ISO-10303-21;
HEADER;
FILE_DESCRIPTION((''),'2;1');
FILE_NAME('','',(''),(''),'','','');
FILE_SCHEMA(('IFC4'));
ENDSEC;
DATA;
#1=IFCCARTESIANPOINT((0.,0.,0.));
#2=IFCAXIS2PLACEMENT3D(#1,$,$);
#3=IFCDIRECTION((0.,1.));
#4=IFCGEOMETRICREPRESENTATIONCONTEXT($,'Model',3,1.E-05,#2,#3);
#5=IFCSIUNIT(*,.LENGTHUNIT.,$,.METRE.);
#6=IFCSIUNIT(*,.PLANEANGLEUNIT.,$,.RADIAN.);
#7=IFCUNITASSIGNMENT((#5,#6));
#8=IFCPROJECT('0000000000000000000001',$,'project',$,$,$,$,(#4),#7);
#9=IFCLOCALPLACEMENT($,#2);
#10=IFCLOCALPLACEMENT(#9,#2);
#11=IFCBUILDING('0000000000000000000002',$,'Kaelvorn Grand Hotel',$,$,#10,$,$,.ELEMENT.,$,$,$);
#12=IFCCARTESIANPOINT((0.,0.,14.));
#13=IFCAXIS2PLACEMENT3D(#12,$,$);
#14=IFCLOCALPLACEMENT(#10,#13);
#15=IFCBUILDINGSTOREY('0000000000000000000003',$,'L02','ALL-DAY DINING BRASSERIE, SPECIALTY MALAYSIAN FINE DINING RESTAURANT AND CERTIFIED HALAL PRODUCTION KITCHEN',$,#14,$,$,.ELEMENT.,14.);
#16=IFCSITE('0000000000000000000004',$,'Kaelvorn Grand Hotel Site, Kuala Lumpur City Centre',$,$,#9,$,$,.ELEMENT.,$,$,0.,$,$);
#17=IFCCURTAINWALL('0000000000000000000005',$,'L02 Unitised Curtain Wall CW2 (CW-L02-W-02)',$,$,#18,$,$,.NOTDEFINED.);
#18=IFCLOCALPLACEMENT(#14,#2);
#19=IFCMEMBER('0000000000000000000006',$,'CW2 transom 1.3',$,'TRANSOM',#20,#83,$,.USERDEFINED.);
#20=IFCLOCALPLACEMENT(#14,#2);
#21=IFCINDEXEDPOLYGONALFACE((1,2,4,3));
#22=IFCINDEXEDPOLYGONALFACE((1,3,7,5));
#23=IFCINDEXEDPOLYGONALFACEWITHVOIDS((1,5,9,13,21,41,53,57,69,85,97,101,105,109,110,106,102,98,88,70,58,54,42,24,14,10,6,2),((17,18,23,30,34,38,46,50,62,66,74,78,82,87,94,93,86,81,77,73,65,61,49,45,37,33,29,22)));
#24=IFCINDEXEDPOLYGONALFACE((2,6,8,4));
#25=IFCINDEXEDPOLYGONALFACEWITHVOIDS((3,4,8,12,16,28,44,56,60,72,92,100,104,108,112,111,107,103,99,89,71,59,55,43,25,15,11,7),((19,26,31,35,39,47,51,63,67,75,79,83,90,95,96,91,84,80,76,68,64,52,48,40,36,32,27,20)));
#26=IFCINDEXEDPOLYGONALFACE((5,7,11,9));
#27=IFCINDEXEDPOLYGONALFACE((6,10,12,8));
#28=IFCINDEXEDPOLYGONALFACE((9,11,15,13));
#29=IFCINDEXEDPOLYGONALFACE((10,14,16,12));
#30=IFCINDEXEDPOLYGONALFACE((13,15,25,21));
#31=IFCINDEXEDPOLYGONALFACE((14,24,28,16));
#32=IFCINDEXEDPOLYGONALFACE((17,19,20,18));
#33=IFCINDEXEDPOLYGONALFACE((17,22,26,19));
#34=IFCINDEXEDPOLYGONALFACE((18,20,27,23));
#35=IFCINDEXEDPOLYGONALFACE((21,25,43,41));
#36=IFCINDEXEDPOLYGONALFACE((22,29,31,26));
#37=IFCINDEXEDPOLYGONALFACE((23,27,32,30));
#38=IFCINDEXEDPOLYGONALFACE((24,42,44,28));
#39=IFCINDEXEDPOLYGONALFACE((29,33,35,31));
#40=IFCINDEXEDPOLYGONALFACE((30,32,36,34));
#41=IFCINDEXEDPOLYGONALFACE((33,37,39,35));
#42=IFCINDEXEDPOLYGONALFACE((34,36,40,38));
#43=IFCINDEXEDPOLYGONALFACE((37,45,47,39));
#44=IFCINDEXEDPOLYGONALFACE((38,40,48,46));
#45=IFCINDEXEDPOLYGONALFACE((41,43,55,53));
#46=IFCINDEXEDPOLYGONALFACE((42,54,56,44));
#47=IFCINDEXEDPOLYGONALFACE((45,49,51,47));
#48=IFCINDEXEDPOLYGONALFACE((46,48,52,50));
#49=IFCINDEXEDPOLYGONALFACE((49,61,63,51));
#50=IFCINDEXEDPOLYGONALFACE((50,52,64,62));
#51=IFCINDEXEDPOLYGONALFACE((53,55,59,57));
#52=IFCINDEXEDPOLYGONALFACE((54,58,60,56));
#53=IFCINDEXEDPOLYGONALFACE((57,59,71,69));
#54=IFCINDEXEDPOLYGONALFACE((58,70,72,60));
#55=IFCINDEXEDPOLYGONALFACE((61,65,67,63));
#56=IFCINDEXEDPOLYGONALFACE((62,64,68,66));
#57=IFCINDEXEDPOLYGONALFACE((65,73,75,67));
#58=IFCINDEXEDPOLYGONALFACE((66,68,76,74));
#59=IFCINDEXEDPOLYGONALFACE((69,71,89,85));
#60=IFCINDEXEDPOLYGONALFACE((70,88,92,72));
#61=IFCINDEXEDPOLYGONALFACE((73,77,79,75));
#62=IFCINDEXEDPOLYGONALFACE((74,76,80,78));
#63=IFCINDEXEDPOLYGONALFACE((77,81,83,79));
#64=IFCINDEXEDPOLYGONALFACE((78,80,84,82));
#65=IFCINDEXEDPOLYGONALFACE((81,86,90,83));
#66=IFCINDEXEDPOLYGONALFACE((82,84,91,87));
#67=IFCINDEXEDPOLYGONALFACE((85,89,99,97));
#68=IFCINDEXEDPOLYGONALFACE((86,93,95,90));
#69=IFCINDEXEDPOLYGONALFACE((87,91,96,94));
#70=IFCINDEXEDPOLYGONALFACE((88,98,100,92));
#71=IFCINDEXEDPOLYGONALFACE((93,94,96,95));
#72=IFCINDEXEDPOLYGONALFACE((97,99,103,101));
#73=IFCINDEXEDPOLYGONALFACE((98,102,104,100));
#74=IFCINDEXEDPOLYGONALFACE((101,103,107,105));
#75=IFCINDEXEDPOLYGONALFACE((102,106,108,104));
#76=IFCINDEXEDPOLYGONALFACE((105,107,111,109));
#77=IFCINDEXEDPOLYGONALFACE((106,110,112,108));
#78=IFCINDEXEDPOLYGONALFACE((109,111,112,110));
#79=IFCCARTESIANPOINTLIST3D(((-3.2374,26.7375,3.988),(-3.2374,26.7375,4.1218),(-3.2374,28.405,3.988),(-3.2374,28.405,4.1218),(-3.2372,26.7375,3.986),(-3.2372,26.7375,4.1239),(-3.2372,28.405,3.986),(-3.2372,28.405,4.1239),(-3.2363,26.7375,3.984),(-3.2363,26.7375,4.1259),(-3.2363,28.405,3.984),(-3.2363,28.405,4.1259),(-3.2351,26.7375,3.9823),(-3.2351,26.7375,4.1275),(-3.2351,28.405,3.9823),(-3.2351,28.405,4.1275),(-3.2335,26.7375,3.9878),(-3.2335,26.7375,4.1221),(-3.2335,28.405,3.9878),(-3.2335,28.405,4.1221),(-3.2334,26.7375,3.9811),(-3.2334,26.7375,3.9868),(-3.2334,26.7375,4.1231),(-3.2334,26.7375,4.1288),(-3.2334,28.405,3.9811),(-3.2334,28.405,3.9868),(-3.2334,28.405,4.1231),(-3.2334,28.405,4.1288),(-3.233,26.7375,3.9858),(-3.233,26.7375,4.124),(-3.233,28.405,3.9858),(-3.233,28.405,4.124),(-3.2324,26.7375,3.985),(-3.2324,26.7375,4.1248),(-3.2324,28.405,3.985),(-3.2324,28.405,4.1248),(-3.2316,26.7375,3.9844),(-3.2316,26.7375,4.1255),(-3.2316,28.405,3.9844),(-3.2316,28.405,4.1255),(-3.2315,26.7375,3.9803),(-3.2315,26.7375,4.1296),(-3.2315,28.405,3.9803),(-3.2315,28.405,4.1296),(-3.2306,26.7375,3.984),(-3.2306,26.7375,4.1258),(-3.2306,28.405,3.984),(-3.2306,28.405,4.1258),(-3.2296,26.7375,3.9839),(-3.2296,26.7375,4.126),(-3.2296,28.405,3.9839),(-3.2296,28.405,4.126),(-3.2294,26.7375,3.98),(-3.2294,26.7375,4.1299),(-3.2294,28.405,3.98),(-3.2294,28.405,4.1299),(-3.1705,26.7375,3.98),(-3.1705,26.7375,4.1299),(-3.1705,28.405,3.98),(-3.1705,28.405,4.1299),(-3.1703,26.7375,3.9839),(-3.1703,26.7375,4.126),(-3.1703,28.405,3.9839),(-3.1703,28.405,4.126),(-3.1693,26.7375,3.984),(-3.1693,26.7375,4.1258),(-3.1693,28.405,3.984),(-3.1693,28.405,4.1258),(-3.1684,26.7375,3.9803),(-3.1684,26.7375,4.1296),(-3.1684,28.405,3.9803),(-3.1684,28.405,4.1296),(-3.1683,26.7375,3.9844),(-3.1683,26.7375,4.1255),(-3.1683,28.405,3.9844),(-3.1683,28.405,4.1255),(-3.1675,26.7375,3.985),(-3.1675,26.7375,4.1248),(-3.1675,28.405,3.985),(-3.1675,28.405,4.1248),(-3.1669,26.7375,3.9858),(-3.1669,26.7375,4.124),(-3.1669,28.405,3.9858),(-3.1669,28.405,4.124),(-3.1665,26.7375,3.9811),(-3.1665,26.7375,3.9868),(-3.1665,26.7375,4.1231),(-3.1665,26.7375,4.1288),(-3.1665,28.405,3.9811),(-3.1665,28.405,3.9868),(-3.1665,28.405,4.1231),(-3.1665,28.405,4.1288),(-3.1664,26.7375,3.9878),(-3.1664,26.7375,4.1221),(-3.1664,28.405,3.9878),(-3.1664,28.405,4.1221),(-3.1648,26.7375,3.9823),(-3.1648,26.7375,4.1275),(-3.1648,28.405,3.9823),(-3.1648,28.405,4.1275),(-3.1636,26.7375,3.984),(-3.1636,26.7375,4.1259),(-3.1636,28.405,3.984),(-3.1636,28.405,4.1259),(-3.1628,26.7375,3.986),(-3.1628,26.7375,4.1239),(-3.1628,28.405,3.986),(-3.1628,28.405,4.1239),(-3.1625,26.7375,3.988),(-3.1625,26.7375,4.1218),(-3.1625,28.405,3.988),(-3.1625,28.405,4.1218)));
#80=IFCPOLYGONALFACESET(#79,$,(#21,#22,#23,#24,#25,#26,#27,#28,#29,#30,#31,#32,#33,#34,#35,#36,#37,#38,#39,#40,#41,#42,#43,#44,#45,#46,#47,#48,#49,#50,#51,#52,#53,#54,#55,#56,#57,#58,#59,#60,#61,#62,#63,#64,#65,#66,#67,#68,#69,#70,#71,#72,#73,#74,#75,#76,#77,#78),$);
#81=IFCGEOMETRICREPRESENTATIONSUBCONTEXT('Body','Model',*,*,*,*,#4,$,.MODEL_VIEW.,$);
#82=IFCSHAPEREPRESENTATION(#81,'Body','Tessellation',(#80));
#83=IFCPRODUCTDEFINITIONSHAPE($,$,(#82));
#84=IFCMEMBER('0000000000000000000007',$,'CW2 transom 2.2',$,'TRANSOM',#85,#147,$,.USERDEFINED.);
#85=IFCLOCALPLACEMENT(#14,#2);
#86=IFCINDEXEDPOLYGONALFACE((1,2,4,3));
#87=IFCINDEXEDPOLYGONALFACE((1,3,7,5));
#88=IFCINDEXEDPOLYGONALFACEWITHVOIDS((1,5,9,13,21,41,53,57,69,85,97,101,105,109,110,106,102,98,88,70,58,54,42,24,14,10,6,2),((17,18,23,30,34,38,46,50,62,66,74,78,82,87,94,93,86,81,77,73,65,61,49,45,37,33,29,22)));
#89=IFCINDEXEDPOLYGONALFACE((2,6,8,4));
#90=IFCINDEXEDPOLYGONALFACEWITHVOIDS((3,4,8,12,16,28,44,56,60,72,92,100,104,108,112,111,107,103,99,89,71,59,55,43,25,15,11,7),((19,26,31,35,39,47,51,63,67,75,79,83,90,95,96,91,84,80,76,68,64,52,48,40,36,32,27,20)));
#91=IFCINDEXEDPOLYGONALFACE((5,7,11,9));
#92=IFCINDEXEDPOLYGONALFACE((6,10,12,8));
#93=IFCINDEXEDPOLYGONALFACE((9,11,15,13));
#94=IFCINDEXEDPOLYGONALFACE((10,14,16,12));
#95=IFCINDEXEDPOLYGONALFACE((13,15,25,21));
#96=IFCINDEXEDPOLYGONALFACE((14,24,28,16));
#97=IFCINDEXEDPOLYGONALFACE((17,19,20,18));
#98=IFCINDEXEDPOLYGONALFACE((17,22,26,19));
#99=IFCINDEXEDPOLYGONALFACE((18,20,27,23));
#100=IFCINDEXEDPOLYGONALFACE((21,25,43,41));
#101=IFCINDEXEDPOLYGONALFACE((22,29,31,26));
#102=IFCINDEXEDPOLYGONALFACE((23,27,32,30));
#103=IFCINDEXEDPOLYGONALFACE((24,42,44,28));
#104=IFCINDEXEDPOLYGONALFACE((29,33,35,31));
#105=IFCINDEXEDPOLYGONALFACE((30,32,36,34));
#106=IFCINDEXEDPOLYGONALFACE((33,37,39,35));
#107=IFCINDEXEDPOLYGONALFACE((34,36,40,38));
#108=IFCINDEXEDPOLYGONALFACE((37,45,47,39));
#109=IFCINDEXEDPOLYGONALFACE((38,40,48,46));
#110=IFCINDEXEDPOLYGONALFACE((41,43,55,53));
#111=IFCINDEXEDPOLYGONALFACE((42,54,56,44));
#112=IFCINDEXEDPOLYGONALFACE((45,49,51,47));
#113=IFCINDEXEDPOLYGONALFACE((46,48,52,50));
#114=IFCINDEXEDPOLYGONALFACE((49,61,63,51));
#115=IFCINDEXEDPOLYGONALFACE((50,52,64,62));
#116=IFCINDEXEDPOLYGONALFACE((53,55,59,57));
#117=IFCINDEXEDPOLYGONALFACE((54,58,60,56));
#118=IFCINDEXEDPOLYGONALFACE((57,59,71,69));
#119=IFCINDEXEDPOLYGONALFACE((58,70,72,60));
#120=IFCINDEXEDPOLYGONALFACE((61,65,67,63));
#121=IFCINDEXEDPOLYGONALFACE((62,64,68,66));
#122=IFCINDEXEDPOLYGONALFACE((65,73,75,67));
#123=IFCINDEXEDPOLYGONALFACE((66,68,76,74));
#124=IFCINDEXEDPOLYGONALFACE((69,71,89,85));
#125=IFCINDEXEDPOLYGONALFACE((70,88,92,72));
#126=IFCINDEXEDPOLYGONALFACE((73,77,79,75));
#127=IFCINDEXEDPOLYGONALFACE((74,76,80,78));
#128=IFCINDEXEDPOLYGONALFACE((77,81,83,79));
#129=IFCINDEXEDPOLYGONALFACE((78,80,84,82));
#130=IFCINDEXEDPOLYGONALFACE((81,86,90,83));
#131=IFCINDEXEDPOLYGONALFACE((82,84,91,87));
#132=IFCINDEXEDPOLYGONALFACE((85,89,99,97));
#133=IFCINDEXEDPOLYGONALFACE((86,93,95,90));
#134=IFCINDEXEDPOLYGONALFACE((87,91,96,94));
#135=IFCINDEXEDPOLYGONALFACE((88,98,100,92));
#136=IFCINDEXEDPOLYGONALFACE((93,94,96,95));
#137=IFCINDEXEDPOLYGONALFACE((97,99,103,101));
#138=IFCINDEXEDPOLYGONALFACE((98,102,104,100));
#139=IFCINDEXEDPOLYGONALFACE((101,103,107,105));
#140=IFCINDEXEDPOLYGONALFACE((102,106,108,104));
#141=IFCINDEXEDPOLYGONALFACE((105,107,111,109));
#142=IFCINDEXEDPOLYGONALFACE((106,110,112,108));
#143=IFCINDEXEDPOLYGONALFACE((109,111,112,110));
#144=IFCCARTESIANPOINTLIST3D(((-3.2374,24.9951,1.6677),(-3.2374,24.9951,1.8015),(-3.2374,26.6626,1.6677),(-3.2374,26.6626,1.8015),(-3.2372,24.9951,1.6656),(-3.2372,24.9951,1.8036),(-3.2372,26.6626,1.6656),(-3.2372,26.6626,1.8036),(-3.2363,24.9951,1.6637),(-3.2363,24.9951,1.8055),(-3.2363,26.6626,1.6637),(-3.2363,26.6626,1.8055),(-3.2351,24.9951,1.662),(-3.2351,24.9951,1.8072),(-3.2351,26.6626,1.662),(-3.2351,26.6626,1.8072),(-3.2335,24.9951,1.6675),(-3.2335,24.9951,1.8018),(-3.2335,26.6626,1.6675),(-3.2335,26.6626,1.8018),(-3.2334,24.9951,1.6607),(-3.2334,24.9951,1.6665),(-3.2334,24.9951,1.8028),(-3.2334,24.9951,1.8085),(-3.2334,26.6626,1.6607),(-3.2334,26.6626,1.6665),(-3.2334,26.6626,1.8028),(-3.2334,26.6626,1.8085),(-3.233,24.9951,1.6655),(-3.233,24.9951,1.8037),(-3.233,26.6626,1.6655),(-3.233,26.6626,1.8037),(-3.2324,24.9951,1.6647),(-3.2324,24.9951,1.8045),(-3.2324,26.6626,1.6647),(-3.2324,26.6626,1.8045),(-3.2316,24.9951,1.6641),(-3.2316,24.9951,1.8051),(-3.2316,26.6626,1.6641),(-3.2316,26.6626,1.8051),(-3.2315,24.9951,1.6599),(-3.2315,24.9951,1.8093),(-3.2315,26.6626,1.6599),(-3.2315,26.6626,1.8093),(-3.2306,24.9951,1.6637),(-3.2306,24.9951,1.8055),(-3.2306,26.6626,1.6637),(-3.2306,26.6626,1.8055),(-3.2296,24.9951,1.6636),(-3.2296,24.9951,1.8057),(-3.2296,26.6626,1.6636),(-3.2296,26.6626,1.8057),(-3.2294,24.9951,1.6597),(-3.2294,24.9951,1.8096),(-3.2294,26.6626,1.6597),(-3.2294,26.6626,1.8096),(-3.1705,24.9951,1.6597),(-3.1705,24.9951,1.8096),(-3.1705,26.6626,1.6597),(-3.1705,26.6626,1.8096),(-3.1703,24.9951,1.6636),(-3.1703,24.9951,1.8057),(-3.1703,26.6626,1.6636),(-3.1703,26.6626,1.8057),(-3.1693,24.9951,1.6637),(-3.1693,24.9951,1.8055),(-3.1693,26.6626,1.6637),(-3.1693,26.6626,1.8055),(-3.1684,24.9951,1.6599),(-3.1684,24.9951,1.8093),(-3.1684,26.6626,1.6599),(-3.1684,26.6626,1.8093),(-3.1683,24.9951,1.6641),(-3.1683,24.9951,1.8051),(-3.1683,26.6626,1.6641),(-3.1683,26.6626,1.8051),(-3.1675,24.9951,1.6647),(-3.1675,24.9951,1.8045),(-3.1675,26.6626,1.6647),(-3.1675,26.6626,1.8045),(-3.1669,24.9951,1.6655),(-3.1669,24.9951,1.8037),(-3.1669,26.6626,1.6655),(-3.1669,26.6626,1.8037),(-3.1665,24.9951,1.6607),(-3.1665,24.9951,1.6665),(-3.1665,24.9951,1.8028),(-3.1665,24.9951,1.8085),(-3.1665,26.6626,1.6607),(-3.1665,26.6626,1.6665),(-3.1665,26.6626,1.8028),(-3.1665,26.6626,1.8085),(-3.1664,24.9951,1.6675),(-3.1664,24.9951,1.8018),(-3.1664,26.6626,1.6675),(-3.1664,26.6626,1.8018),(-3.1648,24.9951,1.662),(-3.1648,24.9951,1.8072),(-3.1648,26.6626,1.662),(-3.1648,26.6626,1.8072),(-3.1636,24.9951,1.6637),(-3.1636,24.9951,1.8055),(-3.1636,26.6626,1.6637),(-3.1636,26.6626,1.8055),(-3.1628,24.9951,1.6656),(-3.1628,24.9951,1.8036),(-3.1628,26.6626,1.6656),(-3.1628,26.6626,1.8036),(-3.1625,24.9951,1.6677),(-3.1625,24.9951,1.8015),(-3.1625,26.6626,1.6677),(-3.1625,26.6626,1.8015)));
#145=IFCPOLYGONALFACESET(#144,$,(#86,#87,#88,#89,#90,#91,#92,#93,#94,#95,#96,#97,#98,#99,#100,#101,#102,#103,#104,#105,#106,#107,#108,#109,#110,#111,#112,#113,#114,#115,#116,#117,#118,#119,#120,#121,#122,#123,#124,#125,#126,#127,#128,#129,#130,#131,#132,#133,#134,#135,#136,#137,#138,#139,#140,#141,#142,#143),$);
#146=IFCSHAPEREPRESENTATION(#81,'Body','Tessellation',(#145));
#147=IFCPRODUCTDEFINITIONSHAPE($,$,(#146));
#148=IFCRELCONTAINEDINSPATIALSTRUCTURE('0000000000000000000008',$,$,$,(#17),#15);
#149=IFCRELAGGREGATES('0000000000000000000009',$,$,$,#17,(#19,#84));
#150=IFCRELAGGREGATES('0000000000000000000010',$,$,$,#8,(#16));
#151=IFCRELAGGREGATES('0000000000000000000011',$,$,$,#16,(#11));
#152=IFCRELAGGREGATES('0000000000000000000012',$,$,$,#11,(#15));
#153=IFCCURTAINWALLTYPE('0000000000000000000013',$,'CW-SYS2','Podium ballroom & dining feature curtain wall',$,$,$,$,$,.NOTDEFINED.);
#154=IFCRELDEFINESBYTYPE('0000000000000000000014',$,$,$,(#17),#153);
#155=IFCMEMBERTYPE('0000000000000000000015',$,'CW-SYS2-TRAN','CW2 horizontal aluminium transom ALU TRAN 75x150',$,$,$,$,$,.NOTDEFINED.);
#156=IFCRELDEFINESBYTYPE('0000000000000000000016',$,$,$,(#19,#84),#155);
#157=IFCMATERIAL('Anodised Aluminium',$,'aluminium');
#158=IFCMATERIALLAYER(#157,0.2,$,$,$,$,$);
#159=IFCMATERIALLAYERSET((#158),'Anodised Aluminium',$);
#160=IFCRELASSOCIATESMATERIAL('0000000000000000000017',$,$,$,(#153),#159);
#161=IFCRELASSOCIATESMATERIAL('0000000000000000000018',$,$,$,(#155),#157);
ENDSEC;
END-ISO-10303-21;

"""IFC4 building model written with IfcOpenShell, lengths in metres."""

from ifc_helpers import new_model, si_unit, direction, frame, origin, origin_2d, place, context, subcontext, project, spatial, hollow_rectangle, extrude, material, layer, layer_set, material_profile, profile_set, type_object, element, aggregate, save


model = new_model("IFC4")

# Units and contexts
model_context = context("Model", 3, precision=1e-05, world=origin(), true_north=direction((0.0, 1.0)))
body_context = subcontext(model_context, "Body", "Model", "MODEL_VIEW")
ifc_project = project(units=[si_unit("LENGTHUNIT", "METRE"), si_unit("PLANEANGLEUNIT", "RADIAN")], contexts=[model_context])

# Site, building, storey
site_placement = place(None, origin())
site = spatial("IfcSite", under=ifc_project, at=site_placement, Name="Kaelvorn Grand Hotel Site, Kuala Lumpur City Centre", CompositionType="ELEMENT", RefElevation=0.0)
building_placement = place(site_placement, origin())
building = spatial("IfcBuilding", under=site, at=building_placement, Name="Kaelvorn Grand Hotel", CompositionType="ELEMENT")
storey_placement = place(building_placement, frame((0.0, 0.0, 14.0)))
storey = spatial("IfcBuildingStorey", under=building, at=storey_placement, Name="L02", Description="ALL-DAY DINING BRASSERIE, SPECIALTY MALAYSIAN FINE DINING RESTAURANT AND CERTIFIED HALAL PRODUCTION KITCHEN", CompositionType="ELEMENT", Elevation=14.0)

# Curtain wall, members
ifc_material_1 = material(Name="Anodised Aluminium", Category="aluminium")
ifc_layer_1 = layer(ifc_material_1, 0.2)
ifc_layer_set_1 = layer_set([ifc_layer_1], Name="Anodised Aluminium")
curtain_wall_type = type_object("IfcCurtainWallType", Name="CW-SYS2", Description="Podium ballroom & dining feature curtain wall", PredefinedType="NOTDEFINED", material=ifc_layer_set_1)
curtain_wall_placement = place(storey_placement, origin())
curtain_wall = element("IfcCurtainWall", 1, at=curtain_wall_placement, inside=storey, type_object=curtain_wall_type, Name="L02 Unitised Curtain Wall CW2 (CW-L02-W-02)", PredefinedType="NOTDEFINED")
ifc_material_profile_1 = material_profile(ifc_material_1, hollow_rectangle(XDim=0.075, YDim=0.1499, WallThickness=0.0039, InnerFilletRadius=0.0039, OuterFilletRadius=0.0081, at=origin_2d()), Name="ALU TRAN 75x150")
ifc_profile_set_1 = profile_set([ifc_material_profile_1], Name="Anodised Aluminium")
member_type_1 = type_object("IfcMemberType", Name="CW-SYS2-TRAN", Description="CW2 horizontal aluminium transom ALU TRAN 75x150", PredefinedType="NOTDEFINED", material=ifc_profile_set_1)
member_1_placement = place(storey_placement, frame((-3.2, 28.405, 4.0549), z_axis=(0.0, -1.0, 0.0), x_axis=(1.0, 0.0, 0.0)))
member_1 = element("IfcMember", 2, at=member_1_placement, type_object=member_type_1, Name="CW2 transom 1.3", ObjectType="TRANSOM", PredefinedType="USERDEFINED", context=body_context, shape_type="SweptSolid", body=[
    extrude(hollow_rectangle(XDim=0.075, YDim=0.1499, WallThickness=0.0039, InnerFilletRadius=0.0039, OuterFilletRadius=0.0081, at=origin_2d()), origin(), (0.0, 0.0, 1.0), 1.6675),
])
member_2_placement = place(storey_placement, frame((-3.2, 26.6626, 1.7346), z_axis=(0.0, -1.0, 0.0), x_axis=(1.0, 0.0, 0.0)))
member_2 = element("IfcMember", 3, at=member_2_placement, type_object=member_type_1, Name="CW2 transom 2.2", ObjectType="TRANSOM", PredefinedType="USERDEFINED", context=body_context, shape_type="SweptSolid", body=[
    extrude(hollow_rectangle(XDim=0.075, YDim=0.1499, WallThickness=0.0039, InnerFilletRadius=0.0039, OuterFilletRadius=0.0081, at=origin_2d()), origin(), (0.0, 0.0, 1.0), 1.6675),
])
aggregate(curtain_wall, [member_1, member_2])

save(model, "model.ifc")
